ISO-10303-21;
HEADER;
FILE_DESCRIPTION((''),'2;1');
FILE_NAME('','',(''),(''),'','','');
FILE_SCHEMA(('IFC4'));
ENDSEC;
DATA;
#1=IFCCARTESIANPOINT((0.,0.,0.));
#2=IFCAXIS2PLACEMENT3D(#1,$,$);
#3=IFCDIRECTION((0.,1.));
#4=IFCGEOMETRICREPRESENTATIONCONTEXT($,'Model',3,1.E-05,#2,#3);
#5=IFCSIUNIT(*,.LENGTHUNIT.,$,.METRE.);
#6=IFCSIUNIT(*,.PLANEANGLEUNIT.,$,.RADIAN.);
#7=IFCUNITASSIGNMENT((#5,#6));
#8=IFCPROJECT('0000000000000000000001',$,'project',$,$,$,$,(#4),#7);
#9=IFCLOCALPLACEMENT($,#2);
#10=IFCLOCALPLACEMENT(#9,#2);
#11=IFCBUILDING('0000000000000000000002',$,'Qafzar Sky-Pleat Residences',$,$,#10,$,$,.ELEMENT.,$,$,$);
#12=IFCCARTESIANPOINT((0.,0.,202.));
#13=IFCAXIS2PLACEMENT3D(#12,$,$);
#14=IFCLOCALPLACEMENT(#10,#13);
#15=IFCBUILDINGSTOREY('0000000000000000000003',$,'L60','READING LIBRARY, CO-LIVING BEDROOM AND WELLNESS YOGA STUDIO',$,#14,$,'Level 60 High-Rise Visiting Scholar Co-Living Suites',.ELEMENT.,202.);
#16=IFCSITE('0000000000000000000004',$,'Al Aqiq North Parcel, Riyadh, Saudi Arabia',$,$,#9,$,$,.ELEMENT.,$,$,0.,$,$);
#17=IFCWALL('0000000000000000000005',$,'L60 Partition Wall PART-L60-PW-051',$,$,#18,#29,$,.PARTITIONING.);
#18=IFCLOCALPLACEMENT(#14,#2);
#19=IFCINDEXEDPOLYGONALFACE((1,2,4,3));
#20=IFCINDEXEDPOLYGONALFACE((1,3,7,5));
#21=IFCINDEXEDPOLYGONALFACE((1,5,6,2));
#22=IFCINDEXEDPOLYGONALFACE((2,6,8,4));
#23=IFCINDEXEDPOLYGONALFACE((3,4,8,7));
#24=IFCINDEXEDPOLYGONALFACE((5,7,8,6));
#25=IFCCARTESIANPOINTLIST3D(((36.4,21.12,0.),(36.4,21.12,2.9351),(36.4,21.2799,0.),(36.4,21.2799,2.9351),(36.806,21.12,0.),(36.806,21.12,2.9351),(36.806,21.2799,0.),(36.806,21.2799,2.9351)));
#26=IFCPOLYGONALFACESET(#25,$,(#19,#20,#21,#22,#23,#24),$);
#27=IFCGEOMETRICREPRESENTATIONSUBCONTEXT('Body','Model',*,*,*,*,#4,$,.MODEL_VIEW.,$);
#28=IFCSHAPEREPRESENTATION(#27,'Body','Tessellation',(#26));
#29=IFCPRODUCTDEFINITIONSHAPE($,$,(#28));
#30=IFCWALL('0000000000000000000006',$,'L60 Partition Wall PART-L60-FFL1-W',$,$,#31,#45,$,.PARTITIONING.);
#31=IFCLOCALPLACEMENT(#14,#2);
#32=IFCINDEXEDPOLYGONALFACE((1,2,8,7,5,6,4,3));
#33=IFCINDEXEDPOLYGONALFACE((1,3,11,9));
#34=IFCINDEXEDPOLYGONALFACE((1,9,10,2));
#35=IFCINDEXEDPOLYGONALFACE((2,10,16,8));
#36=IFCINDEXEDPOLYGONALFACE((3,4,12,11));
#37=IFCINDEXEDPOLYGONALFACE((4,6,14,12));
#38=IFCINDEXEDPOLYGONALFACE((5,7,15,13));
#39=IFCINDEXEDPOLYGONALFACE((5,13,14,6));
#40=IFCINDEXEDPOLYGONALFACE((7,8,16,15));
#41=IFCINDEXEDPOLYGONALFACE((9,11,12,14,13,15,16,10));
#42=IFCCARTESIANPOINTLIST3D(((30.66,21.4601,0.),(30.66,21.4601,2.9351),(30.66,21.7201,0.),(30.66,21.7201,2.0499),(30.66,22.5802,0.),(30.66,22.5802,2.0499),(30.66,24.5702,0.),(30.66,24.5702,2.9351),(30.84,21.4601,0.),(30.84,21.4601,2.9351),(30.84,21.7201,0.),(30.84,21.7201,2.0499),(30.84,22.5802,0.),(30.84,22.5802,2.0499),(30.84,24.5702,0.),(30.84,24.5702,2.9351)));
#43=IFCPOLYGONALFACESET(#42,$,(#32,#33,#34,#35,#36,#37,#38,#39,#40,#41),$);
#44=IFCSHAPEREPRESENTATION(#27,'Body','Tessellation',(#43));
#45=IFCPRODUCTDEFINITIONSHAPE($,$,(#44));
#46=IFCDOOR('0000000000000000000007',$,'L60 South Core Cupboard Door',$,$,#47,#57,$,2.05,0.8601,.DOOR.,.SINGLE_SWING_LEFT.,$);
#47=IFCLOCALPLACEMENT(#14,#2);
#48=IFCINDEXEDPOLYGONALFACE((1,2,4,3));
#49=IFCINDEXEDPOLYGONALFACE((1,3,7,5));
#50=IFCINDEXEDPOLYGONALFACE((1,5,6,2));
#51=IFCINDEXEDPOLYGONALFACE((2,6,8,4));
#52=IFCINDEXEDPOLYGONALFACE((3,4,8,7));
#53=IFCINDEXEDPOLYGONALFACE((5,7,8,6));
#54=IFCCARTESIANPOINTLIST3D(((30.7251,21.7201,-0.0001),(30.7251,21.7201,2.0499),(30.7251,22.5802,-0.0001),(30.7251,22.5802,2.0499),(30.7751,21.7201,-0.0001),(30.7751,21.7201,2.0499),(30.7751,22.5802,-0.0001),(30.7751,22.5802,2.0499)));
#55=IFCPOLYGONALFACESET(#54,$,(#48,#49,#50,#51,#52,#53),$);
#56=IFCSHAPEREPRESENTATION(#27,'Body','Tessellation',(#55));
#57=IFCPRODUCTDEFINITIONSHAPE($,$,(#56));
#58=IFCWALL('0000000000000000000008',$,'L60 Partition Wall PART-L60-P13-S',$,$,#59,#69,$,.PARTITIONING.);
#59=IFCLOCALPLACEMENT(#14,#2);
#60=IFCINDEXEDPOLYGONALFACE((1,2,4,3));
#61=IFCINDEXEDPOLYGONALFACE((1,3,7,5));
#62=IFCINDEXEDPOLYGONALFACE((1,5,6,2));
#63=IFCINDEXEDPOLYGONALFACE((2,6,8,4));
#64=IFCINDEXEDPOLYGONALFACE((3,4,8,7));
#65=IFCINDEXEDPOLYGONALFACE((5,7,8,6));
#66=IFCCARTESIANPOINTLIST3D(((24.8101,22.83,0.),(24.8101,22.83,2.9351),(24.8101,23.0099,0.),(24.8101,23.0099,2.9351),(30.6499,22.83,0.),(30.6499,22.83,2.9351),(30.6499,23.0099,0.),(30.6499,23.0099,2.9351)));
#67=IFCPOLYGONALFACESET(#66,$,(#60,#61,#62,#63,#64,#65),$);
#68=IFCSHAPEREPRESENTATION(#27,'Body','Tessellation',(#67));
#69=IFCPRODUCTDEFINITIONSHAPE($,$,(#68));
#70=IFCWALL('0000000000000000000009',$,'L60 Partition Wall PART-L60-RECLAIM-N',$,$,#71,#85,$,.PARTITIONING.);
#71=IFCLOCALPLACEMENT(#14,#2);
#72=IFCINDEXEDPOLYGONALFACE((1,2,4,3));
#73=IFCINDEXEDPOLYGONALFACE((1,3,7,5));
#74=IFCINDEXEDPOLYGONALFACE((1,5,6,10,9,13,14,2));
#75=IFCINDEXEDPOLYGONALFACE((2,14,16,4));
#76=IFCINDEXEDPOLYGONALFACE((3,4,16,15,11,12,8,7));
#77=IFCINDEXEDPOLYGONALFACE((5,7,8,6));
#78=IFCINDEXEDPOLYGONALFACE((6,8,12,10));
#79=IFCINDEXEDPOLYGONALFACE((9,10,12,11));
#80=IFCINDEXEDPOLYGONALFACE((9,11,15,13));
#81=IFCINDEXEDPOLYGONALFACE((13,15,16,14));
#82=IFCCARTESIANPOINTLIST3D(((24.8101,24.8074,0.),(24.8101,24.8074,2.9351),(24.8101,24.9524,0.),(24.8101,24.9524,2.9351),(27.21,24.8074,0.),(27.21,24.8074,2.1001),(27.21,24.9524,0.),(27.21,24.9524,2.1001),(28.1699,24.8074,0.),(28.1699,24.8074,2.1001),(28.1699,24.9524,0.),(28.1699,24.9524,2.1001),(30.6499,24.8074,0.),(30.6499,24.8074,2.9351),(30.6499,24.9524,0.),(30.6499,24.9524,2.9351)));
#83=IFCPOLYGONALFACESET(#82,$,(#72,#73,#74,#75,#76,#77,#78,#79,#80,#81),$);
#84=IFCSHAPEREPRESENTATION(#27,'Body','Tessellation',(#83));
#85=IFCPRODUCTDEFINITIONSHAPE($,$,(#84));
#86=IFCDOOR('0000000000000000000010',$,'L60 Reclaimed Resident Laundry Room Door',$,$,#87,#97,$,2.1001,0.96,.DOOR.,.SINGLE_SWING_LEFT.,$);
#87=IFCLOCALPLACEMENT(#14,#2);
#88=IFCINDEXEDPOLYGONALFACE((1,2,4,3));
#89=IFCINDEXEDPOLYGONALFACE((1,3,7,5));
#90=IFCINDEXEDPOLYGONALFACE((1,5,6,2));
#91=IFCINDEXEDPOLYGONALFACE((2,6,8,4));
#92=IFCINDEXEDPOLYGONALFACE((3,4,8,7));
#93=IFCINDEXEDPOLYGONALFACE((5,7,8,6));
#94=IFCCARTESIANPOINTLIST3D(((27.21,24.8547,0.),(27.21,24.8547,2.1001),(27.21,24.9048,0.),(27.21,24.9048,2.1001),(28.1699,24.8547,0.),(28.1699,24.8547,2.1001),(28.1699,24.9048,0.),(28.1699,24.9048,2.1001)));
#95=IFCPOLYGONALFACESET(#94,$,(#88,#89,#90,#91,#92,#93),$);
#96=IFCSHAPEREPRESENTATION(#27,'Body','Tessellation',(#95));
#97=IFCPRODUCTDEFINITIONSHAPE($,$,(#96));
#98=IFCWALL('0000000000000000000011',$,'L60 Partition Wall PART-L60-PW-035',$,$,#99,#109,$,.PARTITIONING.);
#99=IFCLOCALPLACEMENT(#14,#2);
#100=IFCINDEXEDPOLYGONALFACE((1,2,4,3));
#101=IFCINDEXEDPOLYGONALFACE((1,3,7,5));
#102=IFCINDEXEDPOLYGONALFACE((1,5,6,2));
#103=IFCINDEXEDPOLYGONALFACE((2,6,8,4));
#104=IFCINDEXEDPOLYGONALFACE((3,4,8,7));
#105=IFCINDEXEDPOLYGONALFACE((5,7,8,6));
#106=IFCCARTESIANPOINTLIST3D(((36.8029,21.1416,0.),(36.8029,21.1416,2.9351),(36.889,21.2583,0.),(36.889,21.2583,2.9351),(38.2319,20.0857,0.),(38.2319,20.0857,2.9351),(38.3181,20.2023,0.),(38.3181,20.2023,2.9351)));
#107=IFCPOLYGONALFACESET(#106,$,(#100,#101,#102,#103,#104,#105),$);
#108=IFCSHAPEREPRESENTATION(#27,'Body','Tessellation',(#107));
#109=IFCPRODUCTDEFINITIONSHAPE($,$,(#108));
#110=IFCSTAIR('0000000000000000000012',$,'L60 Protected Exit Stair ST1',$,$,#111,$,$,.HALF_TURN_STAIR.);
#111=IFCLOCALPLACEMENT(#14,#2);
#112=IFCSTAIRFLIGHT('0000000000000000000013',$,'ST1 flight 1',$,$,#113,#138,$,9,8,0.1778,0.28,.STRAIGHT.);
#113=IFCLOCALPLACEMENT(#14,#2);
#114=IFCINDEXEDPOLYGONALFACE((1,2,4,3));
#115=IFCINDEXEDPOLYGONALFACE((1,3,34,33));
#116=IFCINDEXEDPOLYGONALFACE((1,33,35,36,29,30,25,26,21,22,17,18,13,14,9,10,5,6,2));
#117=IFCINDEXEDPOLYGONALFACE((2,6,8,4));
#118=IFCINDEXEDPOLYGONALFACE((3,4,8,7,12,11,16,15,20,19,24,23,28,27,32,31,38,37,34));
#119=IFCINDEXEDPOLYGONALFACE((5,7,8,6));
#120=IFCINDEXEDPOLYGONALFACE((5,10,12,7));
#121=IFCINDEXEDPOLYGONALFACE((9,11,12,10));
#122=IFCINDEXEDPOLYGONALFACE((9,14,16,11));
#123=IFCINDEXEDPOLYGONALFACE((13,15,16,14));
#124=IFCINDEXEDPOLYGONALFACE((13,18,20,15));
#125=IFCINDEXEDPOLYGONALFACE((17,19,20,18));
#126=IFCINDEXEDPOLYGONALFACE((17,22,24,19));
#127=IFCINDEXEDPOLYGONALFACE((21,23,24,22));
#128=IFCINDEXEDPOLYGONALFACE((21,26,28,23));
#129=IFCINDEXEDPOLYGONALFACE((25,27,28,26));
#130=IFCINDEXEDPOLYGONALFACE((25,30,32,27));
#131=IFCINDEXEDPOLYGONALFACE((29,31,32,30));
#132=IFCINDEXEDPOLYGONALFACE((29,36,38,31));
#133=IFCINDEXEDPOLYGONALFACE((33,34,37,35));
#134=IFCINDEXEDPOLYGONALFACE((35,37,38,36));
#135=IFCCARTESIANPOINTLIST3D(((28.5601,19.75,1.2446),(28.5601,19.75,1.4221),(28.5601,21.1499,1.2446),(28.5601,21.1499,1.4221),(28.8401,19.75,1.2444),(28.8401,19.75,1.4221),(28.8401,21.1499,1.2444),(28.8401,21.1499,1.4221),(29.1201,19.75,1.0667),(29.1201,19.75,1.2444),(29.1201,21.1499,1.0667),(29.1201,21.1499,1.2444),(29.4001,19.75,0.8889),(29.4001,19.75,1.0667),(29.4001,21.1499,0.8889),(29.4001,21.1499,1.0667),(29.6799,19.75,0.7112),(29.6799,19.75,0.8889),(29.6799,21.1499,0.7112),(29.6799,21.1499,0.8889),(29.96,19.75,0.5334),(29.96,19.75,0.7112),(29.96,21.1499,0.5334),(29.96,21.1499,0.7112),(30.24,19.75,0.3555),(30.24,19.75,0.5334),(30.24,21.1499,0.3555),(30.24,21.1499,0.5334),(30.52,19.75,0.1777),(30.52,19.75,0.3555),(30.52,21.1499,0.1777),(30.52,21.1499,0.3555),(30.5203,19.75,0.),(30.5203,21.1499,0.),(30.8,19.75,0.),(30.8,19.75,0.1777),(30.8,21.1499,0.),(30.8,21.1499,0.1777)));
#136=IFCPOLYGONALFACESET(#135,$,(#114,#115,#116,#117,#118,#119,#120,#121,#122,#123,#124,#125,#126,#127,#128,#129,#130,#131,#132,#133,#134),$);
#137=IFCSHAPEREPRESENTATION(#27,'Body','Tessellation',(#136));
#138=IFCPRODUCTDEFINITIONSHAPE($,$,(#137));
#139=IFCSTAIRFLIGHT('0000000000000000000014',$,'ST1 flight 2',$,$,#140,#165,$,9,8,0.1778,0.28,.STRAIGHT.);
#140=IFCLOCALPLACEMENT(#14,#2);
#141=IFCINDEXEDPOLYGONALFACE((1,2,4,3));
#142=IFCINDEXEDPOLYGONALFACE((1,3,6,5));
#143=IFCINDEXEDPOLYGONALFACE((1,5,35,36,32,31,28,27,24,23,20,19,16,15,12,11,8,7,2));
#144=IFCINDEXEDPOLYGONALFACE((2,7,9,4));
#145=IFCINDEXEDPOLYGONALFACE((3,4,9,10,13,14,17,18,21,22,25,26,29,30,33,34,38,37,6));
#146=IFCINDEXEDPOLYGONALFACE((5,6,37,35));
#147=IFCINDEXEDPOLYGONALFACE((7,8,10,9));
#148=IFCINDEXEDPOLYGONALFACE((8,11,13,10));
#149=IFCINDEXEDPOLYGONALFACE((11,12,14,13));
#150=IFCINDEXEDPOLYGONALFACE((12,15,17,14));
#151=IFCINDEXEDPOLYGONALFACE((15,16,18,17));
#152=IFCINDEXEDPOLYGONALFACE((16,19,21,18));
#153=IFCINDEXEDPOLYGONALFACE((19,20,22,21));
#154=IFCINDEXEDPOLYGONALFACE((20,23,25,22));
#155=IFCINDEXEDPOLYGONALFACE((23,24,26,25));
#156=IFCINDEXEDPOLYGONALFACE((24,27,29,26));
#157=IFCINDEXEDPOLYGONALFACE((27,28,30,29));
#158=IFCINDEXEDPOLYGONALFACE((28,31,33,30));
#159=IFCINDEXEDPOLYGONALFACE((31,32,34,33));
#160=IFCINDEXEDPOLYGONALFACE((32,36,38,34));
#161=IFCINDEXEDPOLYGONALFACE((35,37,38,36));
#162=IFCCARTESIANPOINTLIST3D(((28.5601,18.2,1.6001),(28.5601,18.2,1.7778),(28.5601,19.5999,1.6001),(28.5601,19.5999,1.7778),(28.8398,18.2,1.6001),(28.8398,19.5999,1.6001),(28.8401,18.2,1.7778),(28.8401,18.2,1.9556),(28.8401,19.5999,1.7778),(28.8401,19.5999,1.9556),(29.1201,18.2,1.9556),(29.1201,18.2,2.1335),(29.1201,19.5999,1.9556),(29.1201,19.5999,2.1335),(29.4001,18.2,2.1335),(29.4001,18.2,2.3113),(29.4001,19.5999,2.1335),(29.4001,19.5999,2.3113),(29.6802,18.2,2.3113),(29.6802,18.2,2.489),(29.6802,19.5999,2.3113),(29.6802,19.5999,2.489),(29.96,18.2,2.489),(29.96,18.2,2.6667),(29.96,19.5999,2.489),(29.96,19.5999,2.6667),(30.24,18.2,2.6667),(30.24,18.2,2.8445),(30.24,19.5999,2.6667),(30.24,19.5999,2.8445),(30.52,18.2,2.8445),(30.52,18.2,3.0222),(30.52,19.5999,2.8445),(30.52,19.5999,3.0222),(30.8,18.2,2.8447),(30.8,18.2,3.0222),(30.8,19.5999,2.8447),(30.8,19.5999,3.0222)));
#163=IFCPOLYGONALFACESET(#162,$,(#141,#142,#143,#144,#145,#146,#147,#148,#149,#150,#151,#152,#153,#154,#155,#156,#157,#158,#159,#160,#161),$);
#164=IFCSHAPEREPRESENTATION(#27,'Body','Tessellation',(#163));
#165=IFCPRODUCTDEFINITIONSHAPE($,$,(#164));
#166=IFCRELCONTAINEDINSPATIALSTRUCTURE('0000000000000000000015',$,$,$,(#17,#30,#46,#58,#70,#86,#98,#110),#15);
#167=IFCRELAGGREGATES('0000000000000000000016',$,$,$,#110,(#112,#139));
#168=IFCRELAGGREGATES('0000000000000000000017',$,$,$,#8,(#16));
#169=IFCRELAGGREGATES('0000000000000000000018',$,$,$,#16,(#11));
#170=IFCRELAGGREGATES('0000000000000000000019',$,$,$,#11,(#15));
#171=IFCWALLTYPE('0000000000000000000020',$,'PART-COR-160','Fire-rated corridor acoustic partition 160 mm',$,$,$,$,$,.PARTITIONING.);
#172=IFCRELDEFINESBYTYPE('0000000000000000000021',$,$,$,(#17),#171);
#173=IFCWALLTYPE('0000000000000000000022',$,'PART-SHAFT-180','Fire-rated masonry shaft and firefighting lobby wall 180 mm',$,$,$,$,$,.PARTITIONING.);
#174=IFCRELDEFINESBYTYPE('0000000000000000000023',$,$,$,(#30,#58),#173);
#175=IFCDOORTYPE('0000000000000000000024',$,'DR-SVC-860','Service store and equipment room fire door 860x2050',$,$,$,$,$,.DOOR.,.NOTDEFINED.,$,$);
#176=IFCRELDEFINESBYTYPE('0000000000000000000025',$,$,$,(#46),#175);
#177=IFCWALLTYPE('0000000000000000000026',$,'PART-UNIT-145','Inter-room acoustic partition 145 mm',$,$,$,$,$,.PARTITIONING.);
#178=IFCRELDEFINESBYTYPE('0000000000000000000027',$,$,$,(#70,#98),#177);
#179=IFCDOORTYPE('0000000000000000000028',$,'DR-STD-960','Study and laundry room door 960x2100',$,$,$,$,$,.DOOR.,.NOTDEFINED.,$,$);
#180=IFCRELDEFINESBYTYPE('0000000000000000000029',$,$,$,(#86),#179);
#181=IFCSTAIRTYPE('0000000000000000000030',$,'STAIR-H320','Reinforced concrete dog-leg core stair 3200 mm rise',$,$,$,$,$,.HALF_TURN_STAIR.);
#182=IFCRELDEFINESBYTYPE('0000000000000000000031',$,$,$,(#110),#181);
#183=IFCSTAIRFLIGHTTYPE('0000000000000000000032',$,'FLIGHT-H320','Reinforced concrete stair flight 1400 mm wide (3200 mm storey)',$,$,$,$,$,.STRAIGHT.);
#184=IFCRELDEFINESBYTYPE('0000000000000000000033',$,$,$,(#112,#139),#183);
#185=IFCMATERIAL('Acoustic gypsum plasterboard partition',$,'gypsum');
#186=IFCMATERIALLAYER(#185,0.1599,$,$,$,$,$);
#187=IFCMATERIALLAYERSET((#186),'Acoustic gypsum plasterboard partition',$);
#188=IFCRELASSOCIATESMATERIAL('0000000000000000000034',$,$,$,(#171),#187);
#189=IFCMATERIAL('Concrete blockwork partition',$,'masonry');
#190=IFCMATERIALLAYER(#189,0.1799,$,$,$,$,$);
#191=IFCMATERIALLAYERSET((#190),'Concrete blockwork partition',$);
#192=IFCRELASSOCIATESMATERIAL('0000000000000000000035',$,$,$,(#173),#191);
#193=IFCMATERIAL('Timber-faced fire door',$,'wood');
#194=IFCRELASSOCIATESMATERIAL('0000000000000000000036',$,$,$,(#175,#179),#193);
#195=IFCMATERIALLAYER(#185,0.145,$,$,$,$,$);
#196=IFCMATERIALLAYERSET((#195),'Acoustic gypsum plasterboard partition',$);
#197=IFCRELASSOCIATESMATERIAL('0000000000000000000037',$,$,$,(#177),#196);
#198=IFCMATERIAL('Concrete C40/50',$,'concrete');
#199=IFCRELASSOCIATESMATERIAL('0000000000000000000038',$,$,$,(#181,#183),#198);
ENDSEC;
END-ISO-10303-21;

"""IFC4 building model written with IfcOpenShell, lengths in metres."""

from ifc_helpers import new_model, si_unit, direction, frame, frame_2d, origin, place, context, subcontext, project, spatial, polyline, rectangle, outline, extrude, source, transform, mapped, material, layer, layer_set, type_object, element, fill, aggregate, save


model = new_model("IFC4")

# Units and contexts
model_context = context("Model", 3, precision=1e-05, world=origin(), true_north=direction((0.0, 1.0)))
body_context = subcontext(model_context, "Body", "Model", "MODEL_VIEW")
ifc_project = project(units=[si_unit("LENGTHUNIT", "METRE"), si_unit("PLANEANGLEUNIT", "RADIAN")], contexts=[model_context])

# Site, building, storey
site_placement = place(None, origin())
site = spatial("IfcSite", under=ifc_project, at=site_placement, Name="Al Aqiq North Parcel, Riyadh, Saudi Arabia", CompositionType="ELEMENT", RefElevation=0.0)
building_placement = place(site_placement, origin())
building = spatial("IfcBuilding", under=site, at=building_placement, Name="Qafzar Sky-Pleat Residences", CompositionType="ELEMENT")
storey_placement = place(building_placement, frame((0.0, 0.0, 202.0)))
storey = spatial("IfcBuildingStorey", under=building, at=storey_placement, Name="L60", Description="READING LIBRARY, CO-LIVING BEDROOM AND WELLNESS YOGA STUDIO", LongName="Level 60 High-Rise Visiting Scholar Co-Living Suites", CompositionType="ELEMENT", Elevation=202.0)

# Wall
ifc_material_1 = material(Name="Acoustic gypsum plasterboard partition", Category="gypsum")
ifc_layer_1 = layer(ifc_material_1, 0.1599)
ifc_layer_set_1 = layer_set([ifc_layer_1], Name="Acoustic gypsum plasterboard partition")
wall_type_1 = type_object("IfcWallType", Name="PART-COR-160", Description="Fire-rated corridor acoustic partition 160 mm", PredefinedType="PARTITIONING", material=ifc_layer_set_1)
wall_1_placement = place(storey_placement, frame((36.3999, 21.2, 0.0), z_axis=(0.0, 0.0, 1.0), x_axis=(1.0, 0.0, 0.0)))
element("IfcWall", 1, at=wall_1_placement, inside=storey, type_object=wall_type_1, Name="L60 Partition Wall PART-L60-PW-051", PredefinedType="PARTITIONING", context=body_context, shape_type="SweptSolid", body=[
    extrude(rectangle(XDim=0.406, YDim=0.1599, at=frame_2d((0.2031, 0.0))), origin(), (0.0, 0.0, 1.0), 2.9351),
])

# Wall, opening, door
ifc_material_2 = material(Name="Concrete blockwork partition", Category="masonry")
ifc_layer_2 = layer(ifc_material_2, 0.1799)
ifc_layer_set_2 = layer_set([ifc_layer_2], Name="Concrete blockwork partition")
wall_type_2 = type_object("IfcWallType", Name="PART-SHAFT-180", Description="Fire-rated masonry shaft and firefighting lobby wall 180 mm", PredefinedType="PARTITIONING", material=ifc_layer_set_2)
wall_2_placement = place(storey_placement, frame((30.75, 21.46, 0.0), z_axis=(0.0, 0.0, 1.0), x_axis=(0.0, 1.0, 0.0)))
wall_2 = element("IfcWall", 2, at=wall_2_placement, inside=storey, type_object=wall_type_2, Name="L60 Partition Wall PART-L60-FFL1-W", PredefinedType="PARTITIONING", context=body_context, shape_type="SweptSolid", body=[
    extrude(rectangle(XDim=3.1101, YDim=0.1799, at=frame_2d((1.5552, 0.0))), origin(), (0.0, 0.0, 1.0), 2.9351),
])
opening_1_placement = place(wall_2_placement, frame((0.26, 0.0, 0.0)))
opening_1 = element("IfcOpeningElement", 3, at=opening_1_placement, cuts=wall_2, PredefinedType="OPENING", context=body_context, shape_type="SweptSolid", body=[
    extrude(rectangle(XDim=0.8601, YDim=2.05, at=frame_2d((0.4302, 1.0249))), frame((0.0, 0.1001, 0.0), z_axis=(0.0, -1.0, 0.0), x_axis=(1.0, 0.0, 0.0)), (0.0, 0.0, 1.0), 0.2),
])
ifc_material_3 = material(Name="Timber-faced fire door", Category="wood")
door_type_1 = type_object("IfcDoorType", Name="DR-SVC-860", Description="Service store and equipment room fire door 860x2050", OperationType="NOTDEFINED", PredefinedType="DOOR", material=ifc_material_3)
shared_shape_1 = source(origin(), body_context, "Body", "SweptSolid", [
    extrude(rectangle(XDim=0.8601, YDim=2.05, at=frame_2d((0.4302, 1.0249))), frame((0.0, 0.0249, 0.0), z_axis=(0.0, -1.0, 0.0), x_axis=(1.0, 0.0, 0.0)), (0.0, 0.0, 1.0), 0.05),
])
door_1_placement = place(opening_1_placement, origin())
door_1 = element("IfcDoor", 4, at=door_1_placement, inside=storey, type_object=door_type_1, Name="L60 South Core Cupboard Door", OperationType="SINGLE_SWING_LEFT", OverallHeight=2.05, OverallWidth=0.8601, PredefinedType="DOOR", context=body_context, shape_type="MappedRepresentation", body=[
    mapped(shared_shape_1, transform((0.0, 0.0, 0.0), x_axis=(1.0, 0.0, 0.0), y_axis=(0.0, 1.0, 0.0), z_axis=(0.0, 0.0, 1.0), scale=1.0)),
])
fill(opening_1, door_1)

# Wall
wall_3_placement = place(storey_placement, frame((24.8101, 22.9199, 0.0), z_axis=(0.0, 0.0, 1.0), x_axis=(1.0, 0.0, 0.0)))
element("IfcWall", 5, at=wall_3_placement, inside=storey, type_object=wall_type_2, Name="L60 Partition Wall PART-L60-P13-S", PredefinedType="PARTITIONING", context=body_context, shape_type="SweptSolid", body=[
    extrude(rectangle(XDim=5.8398, YDim=0.1799, at=frame_2d((2.9199, 0.0))), origin(), (0.0, 0.0, 1.0), 2.9351),
])

# Wall, opening, door
ifc_layer_3 = layer(ifc_material_1, 0.145)
ifc_layer_set_3 = layer_set([ifc_layer_3], Name="Acoustic gypsum plasterboard partition")
wall_type_3 = type_object("IfcWallType", Name="PART-UNIT-145", Description="Inter-room acoustic partition 145 mm", PredefinedType="PARTITIONING", material=ifc_layer_set_3)
wall_4_placement = place(storey_placement, frame((24.8101, 24.8799, 0.0), z_axis=(0.0, 0.0, 1.0), x_axis=(1.0, 0.0, 0.0)))
wall_4 = element("IfcWall", 6, at=wall_4_placement, inside=storey, type_object=wall_type_3, Name="L60 Partition Wall PART-L60-RECLAIM-N", PredefinedType="PARTITIONING", context=body_context, shape_type="SweptSolid", body=[
    extrude(rectangle(XDim=5.8398, YDim=0.145, at=frame_2d((2.9199, 0.0))), origin(), (0.0, 0.0, 1.0), 2.9351),
])
opening_2_placement = place(wall_4_placement, frame((2.3999, 0.0, 0.0)))
opening_2 = element("IfcOpeningElement", 7, at=opening_2_placement, cuts=wall_4, PredefinedType="OPENING", context=body_context, shape_type="SweptSolid", body=[
    extrude(rectangle(XDim=0.96, YDim=2.1001, at=frame_2d((0.48, 1.05))), frame((0.0, 0.0825, 0.0), z_axis=(0.0, -1.0, 0.0), x_axis=(1.0, 0.0, 0.0)), (0.0, 0.0, 1.0), 0.165),
])
door_type_2 = type_object("IfcDoorType", Name="DR-STD-960", Description="Study and laundry room door 960x2100", OperationType="NOTDEFINED", PredefinedType="DOOR", material=ifc_material_3)
shared_shape_2 = source(origin(), body_context, "Body", "SweptSolid", [
    extrude(rectangle(XDim=0.96, YDim=2.1001, at=frame_2d((0.48, 1.05))), frame((0.0, 0.0249, 0.0), z_axis=(0.0, -1.0, 0.0), x_axis=(1.0, 0.0, 0.0)), (0.0, 0.0, 1.0), 0.05),
])
door_2_placement = place(opening_2_placement, origin())
door_2 = element("IfcDoor", 8, at=door_2_placement, inside=storey, type_object=door_type_2, Name="L60 Reclaimed Resident Laundry Room Door", OperationType="SINGLE_SWING_LEFT", OverallHeight=2.1001, OverallWidth=0.96, PredefinedType="DOOR", context=body_context, shape_type="MappedRepresentation", body=[
    mapped(shared_shape_2, transform((0.0, 0.0, 0.0), x_axis=(1.0, 0.0, 0.0), y_axis=(0.0, 1.0, 0.0), z_axis=(0.0, 0.0, 1.0), scale=1.0)),
])
fill(opening_2, door_2)

# Wall
wall_5_placement = place(storey_placement, frame((36.8459, 21.2, 0.0), z_axis=(0.0, 0.0, 1.0), x_axis=(0.80425, -0.594291, 0.0)))
element("IfcWall", 9, at=wall_5_placement, inside=storey, type_object=wall_type_3, Name="L60 Partition Wall PART-L60-PW-035", PredefinedType="PARTITIONING", context=body_context, shape_type="SweptSolid", body=[
    extrude(rectangle(XDim=1.7769, YDim=0.145, at=frame_2d((0.8884, 0.0))), origin(), (0.0, 0.0, 1.0), 2.9351),
])

# Stair, stair flights
ifc_material_4 = material(Name="Concrete C40/50", Category="concrete")
stair_type = type_object("IfcStairType", Name="STAIR-H320", Description="Reinforced concrete dog-leg core stair 3200 mm rise", PredefinedType="HALF_TURN_STAIR", material=ifc_material_4)
stair_placement = place(storey_placement, origin())
stair = element("IfcStair", 10, at=stair_placement, inside=storey, type_object=stair_type, Name="L60 Protected Exit Stair ST1", PredefinedType="HALF_TURN_STAIR")
stair_flight_type = type_object("IfcStairFlightType", Name="FLIGHT-H320", Description="Reinforced concrete stair flight 1400 mm wide (3200 mm storey)", PredefinedType="STRAIGHT", material=ifc_material_4)
shared_shape_3 = source(origin(), body_context, "Body", "SweptSolid", [
    extrude(outline(polyline([(0.0, 0.0), (0.0, 0.1777), (0.28, 0.1777), (0.28, 0.3555), (0.5601, 0.3555), (0.5601, 0.5334), (0.8401, 0.5334), (0.8401, 0.7112), (1.1201, 0.7112), (1.1201, 0.8889), (1.3999, 0.8889), (1.3999, 1.0667), (1.6799, 1.0667), (1.6799, 1.2444), (1.96, 1.2444), (1.96, 1.4221), (2.24, 1.4221), (2.24, 1.6001), (2.24, 1.2446), (0.2798, 0.0), (0.0, 0.0)])), frame((0.0, 0.7, 0.0), z_axis=(0.0, -1.0, 0.0), x_axis=(1.0, 0.0, 0.0)), (0.0, 0.0, 1.0), 1.3999),
])
stair_flight_1_placement = place(storey_placement, frame((30.8, 20.45, 0.0), z_axis=(0.0, 0.0, 1.0), x_axis=(-1.0, 0.0, 0.0)))
stair_flight_1 = element("IfcStairFlight", 11, at=stair_flight_1_placement, type_object=stair_flight_type, Name="ST1 flight 1", NumberOfRisers=9, NumberOfTreads=8, PredefinedType="STRAIGHT", RiserHeight=0.1778, TreadLength=0.28, context=body_context, shape_type="MappedRepresentation", body=[
    mapped(shared_shape_3, transform((0.0, 0.0, 0.0), x_axis=(1.0, 0.0, 0.0), y_axis=(0.0, 1.0, 0.0), z_axis=(0.0, 0.0, 1.0), scale=1.0)),
])
stair_flight_2_placement = place(storey_placement, frame((28.5601, 18.8999, 1.6001), z_axis=(0.0, 0.0, 1.0), x_axis=(1.0, 0.0, 0.0)))
stair_flight_2 = element("IfcStairFlight", 12, at=stair_flight_2_placement, type_object=stair_flight_type, Name="ST1 flight 2", NumberOfRisers=9, NumberOfTreads=8, PredefinedType="STRAIGHT", RiserHeight=0.1778, TreadLength=0.28, context=body_context, shape_type="MappedRepresentation", body=[
    mapped(shared_shape_3, transform((0.0, 0.0, 0.0), x_axis=(1.0, 0.0, 0.0), y_axis=(0.0, 1.0, 0.0), z_axis=(0.0, 0.0, 1.0), scale=1.0)),
])
aggregate(stair, [stair_flight_1, stair_flight_2])

save(model, "model.ifc")
